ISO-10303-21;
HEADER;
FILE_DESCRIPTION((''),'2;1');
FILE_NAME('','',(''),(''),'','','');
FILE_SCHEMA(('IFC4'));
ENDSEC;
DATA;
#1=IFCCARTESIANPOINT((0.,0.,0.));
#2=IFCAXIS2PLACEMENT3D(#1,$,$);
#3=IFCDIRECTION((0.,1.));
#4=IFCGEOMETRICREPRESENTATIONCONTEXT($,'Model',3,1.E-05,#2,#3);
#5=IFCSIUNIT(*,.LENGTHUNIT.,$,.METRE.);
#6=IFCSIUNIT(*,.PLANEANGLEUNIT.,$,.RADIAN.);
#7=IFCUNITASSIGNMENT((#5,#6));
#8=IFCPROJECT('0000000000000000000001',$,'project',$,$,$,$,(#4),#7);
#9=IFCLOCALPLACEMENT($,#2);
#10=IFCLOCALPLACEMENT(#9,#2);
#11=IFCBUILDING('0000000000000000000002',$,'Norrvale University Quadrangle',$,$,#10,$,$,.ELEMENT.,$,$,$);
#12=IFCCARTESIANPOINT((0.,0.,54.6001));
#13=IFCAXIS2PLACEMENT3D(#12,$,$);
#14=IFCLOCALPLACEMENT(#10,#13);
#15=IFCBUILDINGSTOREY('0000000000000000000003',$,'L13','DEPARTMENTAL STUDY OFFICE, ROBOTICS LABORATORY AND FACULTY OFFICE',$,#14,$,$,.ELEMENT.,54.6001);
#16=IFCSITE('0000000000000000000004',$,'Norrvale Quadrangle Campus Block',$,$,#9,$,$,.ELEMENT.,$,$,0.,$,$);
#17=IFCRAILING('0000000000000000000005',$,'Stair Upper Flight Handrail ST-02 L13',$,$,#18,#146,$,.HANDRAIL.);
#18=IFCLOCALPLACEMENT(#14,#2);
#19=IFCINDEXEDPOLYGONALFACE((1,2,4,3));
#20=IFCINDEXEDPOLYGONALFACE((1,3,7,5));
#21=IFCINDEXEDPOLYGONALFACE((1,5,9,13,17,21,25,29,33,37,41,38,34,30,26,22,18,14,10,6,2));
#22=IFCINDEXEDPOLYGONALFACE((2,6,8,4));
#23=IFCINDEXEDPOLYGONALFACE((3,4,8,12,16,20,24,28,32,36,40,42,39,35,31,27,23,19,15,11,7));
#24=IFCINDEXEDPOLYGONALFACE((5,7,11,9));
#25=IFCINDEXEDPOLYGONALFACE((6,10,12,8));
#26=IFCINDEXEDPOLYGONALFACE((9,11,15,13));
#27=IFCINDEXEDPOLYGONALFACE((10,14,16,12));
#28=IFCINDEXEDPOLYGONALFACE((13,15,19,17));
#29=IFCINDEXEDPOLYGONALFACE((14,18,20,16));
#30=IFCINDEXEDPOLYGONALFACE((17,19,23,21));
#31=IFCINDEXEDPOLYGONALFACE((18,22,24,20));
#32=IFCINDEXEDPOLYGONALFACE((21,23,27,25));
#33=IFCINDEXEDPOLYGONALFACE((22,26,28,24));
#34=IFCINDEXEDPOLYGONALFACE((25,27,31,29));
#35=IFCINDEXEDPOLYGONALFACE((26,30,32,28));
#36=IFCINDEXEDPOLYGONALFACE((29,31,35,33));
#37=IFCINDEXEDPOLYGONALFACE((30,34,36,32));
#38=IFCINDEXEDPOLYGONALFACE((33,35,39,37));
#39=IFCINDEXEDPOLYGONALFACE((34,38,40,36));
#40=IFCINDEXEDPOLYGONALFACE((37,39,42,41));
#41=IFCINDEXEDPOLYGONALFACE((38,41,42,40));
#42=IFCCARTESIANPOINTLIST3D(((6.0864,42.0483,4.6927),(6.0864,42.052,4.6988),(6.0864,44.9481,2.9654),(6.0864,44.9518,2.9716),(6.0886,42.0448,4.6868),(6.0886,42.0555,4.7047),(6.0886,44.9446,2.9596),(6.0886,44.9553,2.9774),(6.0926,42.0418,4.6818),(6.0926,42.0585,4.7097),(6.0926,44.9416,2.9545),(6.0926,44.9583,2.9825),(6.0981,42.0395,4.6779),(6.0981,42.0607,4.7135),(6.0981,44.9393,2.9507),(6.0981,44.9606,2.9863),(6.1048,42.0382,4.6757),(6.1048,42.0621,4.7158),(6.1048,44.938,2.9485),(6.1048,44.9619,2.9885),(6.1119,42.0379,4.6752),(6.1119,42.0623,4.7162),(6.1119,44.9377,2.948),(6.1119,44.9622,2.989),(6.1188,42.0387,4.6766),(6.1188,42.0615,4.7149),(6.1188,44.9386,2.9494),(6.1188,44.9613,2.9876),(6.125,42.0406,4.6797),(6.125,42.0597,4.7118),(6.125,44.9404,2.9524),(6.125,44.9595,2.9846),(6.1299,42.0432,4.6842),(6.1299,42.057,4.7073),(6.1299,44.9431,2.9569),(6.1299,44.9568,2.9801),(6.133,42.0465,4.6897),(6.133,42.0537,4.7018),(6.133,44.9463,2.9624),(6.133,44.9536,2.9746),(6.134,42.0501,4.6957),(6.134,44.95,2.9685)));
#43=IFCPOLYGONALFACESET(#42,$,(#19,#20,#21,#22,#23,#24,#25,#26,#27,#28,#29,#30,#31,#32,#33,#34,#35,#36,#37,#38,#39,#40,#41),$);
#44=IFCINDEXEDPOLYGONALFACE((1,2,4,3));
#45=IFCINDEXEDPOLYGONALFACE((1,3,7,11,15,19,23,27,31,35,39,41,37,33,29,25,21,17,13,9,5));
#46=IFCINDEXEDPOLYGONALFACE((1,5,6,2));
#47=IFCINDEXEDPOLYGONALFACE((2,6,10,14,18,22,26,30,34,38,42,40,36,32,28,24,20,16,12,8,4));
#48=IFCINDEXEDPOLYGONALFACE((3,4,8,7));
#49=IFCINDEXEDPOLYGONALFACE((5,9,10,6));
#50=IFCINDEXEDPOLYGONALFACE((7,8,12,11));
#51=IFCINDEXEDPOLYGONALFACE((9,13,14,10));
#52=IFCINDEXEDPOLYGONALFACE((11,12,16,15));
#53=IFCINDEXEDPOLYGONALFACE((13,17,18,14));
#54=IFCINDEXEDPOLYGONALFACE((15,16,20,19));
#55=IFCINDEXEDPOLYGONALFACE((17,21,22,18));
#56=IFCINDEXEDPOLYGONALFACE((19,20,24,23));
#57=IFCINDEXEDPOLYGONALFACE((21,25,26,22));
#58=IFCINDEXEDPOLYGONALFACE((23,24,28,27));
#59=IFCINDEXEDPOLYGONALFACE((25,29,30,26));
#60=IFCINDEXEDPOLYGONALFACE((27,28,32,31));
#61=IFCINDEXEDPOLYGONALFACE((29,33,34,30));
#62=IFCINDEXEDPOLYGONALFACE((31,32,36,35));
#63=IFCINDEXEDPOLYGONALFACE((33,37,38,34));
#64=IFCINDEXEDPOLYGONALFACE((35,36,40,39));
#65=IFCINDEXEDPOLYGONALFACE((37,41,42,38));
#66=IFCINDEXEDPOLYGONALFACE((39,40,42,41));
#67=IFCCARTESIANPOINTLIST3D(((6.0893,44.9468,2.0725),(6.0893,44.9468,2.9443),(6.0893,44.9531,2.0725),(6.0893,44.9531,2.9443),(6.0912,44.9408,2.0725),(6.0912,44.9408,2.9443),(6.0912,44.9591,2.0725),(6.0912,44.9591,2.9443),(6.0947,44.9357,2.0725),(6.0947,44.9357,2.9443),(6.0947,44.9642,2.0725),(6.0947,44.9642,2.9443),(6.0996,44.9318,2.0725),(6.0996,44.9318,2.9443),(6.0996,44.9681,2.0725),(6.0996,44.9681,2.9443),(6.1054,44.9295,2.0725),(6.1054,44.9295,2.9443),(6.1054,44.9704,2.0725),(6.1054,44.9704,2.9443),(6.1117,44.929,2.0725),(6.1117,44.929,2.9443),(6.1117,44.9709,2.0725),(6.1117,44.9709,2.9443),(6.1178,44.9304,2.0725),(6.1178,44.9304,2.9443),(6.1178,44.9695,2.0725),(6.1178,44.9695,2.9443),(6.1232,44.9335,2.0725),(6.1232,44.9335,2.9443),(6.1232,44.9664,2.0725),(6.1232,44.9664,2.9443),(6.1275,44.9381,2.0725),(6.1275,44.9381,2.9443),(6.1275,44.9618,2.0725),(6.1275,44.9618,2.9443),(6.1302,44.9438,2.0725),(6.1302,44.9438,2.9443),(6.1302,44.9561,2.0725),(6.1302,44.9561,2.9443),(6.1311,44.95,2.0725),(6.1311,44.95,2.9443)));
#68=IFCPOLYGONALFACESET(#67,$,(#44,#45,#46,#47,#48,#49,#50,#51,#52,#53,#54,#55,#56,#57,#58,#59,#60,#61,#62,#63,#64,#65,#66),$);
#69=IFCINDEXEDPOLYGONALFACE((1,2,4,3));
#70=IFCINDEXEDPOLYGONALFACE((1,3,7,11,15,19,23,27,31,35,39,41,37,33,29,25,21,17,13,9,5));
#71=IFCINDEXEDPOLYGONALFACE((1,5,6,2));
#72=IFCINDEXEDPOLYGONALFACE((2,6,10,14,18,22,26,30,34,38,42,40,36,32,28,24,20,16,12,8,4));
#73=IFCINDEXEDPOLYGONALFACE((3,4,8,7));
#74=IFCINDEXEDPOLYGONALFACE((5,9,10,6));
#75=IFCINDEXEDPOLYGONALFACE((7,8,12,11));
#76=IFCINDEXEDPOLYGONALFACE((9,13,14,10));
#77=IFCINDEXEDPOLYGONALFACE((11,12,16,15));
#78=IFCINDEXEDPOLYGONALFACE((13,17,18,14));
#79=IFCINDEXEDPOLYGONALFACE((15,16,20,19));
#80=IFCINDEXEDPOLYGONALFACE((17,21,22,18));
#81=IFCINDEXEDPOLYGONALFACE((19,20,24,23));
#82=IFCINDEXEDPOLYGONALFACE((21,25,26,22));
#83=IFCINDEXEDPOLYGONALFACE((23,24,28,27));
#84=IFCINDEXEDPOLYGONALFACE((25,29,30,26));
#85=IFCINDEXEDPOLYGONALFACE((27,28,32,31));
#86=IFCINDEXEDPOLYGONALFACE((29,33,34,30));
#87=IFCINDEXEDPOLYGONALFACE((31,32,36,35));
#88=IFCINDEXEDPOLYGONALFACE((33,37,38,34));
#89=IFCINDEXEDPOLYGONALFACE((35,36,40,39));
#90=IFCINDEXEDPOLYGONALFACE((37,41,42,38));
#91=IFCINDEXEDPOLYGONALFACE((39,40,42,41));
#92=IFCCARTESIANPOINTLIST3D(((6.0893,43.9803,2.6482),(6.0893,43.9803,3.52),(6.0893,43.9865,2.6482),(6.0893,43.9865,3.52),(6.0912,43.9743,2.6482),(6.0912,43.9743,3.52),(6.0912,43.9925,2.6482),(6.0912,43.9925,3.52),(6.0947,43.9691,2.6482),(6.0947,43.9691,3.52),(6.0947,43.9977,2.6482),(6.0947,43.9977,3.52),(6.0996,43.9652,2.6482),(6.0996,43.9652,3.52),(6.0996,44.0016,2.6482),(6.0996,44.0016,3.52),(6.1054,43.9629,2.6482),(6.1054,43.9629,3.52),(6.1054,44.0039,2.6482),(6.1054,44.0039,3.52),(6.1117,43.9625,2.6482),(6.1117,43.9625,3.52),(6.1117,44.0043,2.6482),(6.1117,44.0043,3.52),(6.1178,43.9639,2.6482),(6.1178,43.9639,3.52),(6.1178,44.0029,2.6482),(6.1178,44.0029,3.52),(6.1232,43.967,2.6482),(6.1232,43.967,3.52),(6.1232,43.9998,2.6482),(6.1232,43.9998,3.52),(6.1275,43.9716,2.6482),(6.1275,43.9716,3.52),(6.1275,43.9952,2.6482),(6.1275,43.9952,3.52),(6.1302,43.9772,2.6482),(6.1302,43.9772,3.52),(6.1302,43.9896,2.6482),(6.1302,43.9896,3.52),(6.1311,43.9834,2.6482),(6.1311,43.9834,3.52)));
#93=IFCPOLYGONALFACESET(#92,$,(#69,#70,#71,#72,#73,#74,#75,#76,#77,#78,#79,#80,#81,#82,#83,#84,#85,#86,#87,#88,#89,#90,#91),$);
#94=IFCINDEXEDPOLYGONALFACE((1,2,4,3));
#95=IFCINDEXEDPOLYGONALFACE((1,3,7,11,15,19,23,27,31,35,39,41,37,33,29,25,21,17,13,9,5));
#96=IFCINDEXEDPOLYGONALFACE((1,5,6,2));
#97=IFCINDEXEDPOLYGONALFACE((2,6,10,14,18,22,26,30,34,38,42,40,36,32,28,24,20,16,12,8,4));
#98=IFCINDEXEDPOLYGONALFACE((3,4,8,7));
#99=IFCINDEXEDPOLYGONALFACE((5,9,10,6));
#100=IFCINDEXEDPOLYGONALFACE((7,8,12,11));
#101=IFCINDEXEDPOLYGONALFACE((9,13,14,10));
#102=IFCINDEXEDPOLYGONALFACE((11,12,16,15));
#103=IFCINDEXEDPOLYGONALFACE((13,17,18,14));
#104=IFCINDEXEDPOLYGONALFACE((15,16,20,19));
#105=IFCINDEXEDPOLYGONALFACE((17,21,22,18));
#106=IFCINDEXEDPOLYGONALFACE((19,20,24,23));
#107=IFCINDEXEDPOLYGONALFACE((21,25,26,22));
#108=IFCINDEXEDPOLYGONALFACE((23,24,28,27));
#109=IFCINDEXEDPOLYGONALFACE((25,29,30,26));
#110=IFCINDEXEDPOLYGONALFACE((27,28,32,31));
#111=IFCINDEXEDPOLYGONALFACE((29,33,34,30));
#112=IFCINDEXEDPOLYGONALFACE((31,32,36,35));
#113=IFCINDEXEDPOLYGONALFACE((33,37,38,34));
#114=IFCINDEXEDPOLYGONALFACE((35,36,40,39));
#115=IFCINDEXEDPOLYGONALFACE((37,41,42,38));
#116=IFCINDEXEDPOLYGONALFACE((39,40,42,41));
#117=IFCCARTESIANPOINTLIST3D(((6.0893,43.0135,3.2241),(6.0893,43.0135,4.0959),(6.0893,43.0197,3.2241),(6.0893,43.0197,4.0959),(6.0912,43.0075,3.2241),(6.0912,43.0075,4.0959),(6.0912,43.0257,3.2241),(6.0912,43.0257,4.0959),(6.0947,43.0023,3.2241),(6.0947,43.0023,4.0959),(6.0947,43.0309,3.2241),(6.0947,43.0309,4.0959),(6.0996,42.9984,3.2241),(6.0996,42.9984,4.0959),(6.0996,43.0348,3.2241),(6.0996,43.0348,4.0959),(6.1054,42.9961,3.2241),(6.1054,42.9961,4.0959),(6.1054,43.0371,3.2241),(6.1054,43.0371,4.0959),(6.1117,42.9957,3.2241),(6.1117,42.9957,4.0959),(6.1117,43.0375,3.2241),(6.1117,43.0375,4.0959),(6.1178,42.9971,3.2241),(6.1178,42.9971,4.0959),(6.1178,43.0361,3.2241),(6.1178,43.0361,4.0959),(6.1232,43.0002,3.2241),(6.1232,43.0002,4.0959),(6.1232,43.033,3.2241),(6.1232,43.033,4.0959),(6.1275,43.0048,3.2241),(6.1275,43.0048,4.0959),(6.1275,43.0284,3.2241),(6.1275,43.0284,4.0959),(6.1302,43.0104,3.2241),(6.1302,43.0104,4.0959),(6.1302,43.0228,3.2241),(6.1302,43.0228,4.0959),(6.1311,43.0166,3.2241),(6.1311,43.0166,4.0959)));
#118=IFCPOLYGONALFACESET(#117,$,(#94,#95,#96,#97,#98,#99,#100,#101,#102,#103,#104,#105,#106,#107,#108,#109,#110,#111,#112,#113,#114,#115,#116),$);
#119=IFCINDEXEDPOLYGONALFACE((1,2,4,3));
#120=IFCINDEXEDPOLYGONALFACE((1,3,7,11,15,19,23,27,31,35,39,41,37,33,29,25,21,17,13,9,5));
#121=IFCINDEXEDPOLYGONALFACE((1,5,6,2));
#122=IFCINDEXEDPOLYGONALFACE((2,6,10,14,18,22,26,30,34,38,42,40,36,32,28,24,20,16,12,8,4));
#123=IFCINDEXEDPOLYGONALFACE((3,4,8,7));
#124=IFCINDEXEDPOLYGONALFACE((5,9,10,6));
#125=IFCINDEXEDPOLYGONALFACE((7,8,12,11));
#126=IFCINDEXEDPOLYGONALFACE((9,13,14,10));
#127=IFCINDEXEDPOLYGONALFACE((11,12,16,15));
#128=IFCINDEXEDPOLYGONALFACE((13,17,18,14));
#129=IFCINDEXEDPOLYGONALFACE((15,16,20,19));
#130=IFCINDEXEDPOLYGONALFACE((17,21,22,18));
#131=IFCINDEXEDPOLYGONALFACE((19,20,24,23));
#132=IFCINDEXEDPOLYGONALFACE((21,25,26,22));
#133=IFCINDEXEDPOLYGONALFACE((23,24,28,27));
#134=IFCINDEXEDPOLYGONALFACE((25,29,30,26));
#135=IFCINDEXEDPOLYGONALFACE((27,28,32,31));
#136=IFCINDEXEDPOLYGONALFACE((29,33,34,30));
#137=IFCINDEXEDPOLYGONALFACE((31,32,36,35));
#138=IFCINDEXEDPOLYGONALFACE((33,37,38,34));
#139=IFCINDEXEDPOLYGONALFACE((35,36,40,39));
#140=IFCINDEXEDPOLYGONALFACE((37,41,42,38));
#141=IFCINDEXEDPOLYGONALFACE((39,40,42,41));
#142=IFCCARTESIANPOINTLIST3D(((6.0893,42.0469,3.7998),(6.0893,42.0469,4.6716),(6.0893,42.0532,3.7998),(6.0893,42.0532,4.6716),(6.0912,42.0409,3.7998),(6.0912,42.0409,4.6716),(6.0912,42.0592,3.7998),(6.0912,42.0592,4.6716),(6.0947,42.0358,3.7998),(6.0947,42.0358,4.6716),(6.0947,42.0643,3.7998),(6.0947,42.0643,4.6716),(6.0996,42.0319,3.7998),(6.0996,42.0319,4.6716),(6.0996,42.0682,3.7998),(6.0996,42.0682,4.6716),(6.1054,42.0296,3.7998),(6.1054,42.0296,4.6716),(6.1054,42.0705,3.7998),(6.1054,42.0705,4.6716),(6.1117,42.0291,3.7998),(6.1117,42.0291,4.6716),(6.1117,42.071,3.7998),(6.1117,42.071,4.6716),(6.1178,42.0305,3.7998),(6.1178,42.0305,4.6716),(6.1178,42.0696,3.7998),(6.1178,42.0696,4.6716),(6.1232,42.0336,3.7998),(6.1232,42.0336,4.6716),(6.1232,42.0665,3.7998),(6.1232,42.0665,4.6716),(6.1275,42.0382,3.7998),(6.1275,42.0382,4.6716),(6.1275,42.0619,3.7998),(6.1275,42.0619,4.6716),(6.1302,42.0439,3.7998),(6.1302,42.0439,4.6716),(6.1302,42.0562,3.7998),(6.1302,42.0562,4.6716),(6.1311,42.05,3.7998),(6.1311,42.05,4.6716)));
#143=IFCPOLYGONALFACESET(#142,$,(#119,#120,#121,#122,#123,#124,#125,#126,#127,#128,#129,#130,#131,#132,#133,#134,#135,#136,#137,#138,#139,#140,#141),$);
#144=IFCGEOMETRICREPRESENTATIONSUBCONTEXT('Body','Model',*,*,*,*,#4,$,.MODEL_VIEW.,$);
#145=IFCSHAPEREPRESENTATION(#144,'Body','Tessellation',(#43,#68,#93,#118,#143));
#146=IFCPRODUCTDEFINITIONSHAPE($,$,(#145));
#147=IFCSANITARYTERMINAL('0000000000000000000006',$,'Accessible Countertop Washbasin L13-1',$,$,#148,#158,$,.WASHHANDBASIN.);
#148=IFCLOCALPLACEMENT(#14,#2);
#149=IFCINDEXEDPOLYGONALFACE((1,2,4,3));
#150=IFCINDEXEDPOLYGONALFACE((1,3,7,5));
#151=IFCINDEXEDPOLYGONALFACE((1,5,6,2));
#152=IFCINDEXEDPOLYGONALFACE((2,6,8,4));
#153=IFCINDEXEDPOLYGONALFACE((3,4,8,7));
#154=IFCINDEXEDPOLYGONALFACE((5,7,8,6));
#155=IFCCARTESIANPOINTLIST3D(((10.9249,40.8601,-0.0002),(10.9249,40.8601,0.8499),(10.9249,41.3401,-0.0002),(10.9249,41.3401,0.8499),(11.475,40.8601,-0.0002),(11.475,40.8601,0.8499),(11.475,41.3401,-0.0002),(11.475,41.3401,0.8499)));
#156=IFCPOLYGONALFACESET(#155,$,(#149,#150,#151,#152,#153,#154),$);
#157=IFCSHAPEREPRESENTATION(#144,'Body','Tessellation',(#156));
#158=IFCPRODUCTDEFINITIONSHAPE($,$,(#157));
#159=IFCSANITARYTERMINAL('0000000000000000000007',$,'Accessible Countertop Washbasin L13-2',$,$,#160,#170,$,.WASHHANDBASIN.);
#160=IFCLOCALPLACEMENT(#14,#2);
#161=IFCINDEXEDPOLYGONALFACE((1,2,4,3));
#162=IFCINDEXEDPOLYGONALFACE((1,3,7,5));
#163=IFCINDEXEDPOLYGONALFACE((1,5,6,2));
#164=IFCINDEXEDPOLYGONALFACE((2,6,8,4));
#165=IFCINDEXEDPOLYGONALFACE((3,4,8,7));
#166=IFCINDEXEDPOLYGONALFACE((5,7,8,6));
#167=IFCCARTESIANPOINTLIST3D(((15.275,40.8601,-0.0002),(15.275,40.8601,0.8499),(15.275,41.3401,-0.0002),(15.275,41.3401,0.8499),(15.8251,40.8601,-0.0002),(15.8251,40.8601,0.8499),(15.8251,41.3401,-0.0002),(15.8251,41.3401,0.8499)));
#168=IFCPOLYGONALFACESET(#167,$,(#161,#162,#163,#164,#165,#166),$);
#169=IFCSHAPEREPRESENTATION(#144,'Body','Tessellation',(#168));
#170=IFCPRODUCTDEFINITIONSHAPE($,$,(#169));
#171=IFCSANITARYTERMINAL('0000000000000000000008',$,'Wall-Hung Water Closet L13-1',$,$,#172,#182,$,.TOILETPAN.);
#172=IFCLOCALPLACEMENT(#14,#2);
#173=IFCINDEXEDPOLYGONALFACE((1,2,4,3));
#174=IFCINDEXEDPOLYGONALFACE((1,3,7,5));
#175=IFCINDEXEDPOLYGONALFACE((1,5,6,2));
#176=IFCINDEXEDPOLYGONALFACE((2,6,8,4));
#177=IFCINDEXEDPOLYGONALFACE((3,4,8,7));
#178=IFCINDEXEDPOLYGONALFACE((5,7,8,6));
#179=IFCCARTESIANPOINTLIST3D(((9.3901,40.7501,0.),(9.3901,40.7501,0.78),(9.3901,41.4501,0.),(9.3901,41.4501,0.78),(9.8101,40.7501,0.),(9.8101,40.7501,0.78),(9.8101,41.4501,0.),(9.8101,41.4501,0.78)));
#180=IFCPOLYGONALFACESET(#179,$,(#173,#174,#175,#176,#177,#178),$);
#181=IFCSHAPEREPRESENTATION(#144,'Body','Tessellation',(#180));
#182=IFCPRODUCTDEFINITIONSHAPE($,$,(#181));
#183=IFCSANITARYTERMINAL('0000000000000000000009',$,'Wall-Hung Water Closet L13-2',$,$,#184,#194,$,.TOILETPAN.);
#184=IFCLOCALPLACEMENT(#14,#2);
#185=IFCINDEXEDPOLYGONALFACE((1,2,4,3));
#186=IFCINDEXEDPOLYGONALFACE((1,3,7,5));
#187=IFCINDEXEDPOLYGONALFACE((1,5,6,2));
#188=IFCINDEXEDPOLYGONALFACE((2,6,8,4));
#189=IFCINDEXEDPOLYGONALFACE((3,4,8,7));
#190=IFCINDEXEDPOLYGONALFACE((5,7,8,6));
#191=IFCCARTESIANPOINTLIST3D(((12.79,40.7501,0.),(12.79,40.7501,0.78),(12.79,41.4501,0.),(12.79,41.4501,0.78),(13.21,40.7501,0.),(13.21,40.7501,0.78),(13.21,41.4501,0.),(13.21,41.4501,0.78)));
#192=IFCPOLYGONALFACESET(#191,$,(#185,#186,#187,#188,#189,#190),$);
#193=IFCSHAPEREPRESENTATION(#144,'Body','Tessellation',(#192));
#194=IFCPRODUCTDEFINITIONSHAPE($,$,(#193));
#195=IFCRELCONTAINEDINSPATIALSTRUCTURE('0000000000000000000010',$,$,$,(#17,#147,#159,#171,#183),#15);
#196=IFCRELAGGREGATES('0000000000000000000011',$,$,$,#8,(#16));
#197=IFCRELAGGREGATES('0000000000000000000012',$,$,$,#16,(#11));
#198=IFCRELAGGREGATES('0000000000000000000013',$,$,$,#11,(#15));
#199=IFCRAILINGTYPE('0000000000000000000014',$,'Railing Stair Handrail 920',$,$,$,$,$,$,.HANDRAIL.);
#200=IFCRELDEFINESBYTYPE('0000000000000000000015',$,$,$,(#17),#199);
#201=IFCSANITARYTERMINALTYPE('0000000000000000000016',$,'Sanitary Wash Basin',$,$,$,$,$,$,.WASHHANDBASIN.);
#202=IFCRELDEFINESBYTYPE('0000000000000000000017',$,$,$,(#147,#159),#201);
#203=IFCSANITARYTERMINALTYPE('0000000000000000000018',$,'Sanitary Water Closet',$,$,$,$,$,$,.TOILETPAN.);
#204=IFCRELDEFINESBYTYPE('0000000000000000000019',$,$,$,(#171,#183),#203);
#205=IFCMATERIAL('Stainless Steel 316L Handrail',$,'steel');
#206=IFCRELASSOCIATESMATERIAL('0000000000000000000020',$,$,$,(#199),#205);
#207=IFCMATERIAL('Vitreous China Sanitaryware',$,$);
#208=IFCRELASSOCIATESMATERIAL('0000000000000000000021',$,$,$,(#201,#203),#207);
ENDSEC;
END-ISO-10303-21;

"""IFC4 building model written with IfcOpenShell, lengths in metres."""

from ifc_helpers import new_model, si_unit, direction, frame, origin, origin_2d, place, context, subcontext, project, spatial, rectangle, circle, extrude, material, type_object, element, save


model = new_model("IFC4")

# Units and contexts
model_context = context("Model", 3, precision=1e-05, world=origin(), true_north=direction((0.0, 1.0)))
body_context = subcontext(model_context, "Body", "Model", "MODEL_VIEW")
ifc_project = project(units=[si_unit("LENGTHUNIT", "METRE"), si_unit("PLANEANGLEUNIT", "RADIAN")], contexts=[model_context])

# Site, building, storey
site_placement = place(None, origin())
site = spatial("IfcSite", under=ifc_project, at=site_placement, Name="Norrvale Quadrangle Campus Block", CompositionType="ELEMENT", RefElevation=0.0)
building_placement = place(site_placement, origin())
building = spatial("IfcBuilding", under=site, at=building_placement, Name="Norrvale University Quadrangle", CompositionType="ELEMENT")
storey_placement = place(building_placement, frame((0.0, 0.0, 54.6001)))
storey = spatial("IfcBuildingStorey", under=building, at=storey_placement, Name="L13", Description="DEPARTMENTAL STUDY OFFICE, ROBOTICS LABORATORY AND FACULTY OFFICE", CompositionType="ELEMENT", Elevation=54.6001)

# Railing
ifc_material_1 = material(Name="Stainless Steel 316L Handrail", Category="steel")
railing_type_1 = type_object("IfcRailingType", Name="Railing Stair Handrail 920", PredefinedType="HANDRAIL", material=ifc_material_1)
railing_1_placement = place(storey_placement, frame((6.1101, 44.95, 2.0725)))
element("IfcRailing", 1, at=railing_1_placement, inside=storey, type_object=railing_type_1, Name="Stair Upper Flight Handrail ST-02 L13", PredefinedType="HANDRAIL", context=body_context, shape_type="SweptSolid", body=[
    extrude(circle(Radius=0.0239, at=origin_2d()), frame((0.0, 0.0, 0.896), z_axis=(0.0, -0.859141, 0.511738), x_axis=(1.0, 0.0, 0.0)), (0.0, 0.0, 1.0), 3.3752),
    extrude(circle(Radius=0.021, at=origin_2d()), origin(), (0.0, 0.0, 1.0), 0.8718),
    extrude(circle(Radius=0.021, at=origin_2d()), frame((0.0, -0.9666, 0.5757)), (0.0, 0.0, 1.0), 0.8718),
    extrude(circle(Radius=0.021, at=origin_2d()), frame((0.0, -1.9333, 1.1516)), (0.0, 0.0, 1.0), 0.8718),
    extrude(circle(Radius=0.021, at=origin_2d()), frame((0.0, -2.8999, 1.7273)), (0.0, 0.0, 1.0), 0.8718),
])

# Sanitary terminals
ifc_material_2 = material(Name="Vitreous China Sanitaryware")
sanitary_terminal_type_1 = type_object("IfcSanitaryTerminalType", Name="Sanitary Wash Basin", PredefinedType="WASHHANDBASIN", material=ifc_material_2)
for number, where, z_axis, x_axis, name in (
    (2, (11.2, 41.1001, -0.0002), (0.0, 0.0, 1.0), (1.0, 0.0, 0.0), "Accessible Countertop Washbasin L13-1"),
    (3, (15.55, 41.1001, -0.0002), (0.0, 0.0, 1.0), (1.0, 0.0, 0.0), "Accessible Countertop Washbasin L13-2"),
):
    element("IfcSanitaryTerminal", number, at=place(storey_placement, frame(where, z_axis=z_axis, x_axis=x_axis)), inside=storey, type_object=sanitary_terminal_type_1, Name=name, PredefinedType="WASHHANDBASIN", context=body_context, shape_type="SweptSolid", body=[
        extrude(rectangle(XDim=0.55, YDim=0.48, at=origin_2d()), origin(), (0.0, 0.0, 1.0), 0.8501),
    ])
sanitary_terminal_type_2 = type_object("IfcSanitaryTerminalType", Name="Sanitary Water Closet", PredefinedType="TOILETPAN", material=ifc_material_2)
for number, where, z_axis, x_axis, name in (
    (4, (9.6001, 41.1001, 0.0), (0.0, 0.0, 1.0), (1.0, 0.0, 0.0), "Wall-Hung Water Closet L13-1"),
    (5, (13.0, 41.1001, 0.0), (0.0, 0.0, 1.0), (1.0, 0.0, 0.0), "Wall-Hung Water Closet L13-2"),
):
    element("IfcSanitaryTerminal", number, at=place(storey_placement, frame(where, z_axis=z_axis, x_axis=x_axis)), inside=storey, type_object=sanitary_terminal_type_2, Name=name, PredefinedType="TOILETPAN", context=body_context, shape_type="SweptSolid", body=[
        extrude(rectangle(XDim=0.4199, YDim=0.7, at=origin_2d()), origin(), (0.0, 0.0, 1.0), 0.78),
    ])

save(model, "model.ifc")
